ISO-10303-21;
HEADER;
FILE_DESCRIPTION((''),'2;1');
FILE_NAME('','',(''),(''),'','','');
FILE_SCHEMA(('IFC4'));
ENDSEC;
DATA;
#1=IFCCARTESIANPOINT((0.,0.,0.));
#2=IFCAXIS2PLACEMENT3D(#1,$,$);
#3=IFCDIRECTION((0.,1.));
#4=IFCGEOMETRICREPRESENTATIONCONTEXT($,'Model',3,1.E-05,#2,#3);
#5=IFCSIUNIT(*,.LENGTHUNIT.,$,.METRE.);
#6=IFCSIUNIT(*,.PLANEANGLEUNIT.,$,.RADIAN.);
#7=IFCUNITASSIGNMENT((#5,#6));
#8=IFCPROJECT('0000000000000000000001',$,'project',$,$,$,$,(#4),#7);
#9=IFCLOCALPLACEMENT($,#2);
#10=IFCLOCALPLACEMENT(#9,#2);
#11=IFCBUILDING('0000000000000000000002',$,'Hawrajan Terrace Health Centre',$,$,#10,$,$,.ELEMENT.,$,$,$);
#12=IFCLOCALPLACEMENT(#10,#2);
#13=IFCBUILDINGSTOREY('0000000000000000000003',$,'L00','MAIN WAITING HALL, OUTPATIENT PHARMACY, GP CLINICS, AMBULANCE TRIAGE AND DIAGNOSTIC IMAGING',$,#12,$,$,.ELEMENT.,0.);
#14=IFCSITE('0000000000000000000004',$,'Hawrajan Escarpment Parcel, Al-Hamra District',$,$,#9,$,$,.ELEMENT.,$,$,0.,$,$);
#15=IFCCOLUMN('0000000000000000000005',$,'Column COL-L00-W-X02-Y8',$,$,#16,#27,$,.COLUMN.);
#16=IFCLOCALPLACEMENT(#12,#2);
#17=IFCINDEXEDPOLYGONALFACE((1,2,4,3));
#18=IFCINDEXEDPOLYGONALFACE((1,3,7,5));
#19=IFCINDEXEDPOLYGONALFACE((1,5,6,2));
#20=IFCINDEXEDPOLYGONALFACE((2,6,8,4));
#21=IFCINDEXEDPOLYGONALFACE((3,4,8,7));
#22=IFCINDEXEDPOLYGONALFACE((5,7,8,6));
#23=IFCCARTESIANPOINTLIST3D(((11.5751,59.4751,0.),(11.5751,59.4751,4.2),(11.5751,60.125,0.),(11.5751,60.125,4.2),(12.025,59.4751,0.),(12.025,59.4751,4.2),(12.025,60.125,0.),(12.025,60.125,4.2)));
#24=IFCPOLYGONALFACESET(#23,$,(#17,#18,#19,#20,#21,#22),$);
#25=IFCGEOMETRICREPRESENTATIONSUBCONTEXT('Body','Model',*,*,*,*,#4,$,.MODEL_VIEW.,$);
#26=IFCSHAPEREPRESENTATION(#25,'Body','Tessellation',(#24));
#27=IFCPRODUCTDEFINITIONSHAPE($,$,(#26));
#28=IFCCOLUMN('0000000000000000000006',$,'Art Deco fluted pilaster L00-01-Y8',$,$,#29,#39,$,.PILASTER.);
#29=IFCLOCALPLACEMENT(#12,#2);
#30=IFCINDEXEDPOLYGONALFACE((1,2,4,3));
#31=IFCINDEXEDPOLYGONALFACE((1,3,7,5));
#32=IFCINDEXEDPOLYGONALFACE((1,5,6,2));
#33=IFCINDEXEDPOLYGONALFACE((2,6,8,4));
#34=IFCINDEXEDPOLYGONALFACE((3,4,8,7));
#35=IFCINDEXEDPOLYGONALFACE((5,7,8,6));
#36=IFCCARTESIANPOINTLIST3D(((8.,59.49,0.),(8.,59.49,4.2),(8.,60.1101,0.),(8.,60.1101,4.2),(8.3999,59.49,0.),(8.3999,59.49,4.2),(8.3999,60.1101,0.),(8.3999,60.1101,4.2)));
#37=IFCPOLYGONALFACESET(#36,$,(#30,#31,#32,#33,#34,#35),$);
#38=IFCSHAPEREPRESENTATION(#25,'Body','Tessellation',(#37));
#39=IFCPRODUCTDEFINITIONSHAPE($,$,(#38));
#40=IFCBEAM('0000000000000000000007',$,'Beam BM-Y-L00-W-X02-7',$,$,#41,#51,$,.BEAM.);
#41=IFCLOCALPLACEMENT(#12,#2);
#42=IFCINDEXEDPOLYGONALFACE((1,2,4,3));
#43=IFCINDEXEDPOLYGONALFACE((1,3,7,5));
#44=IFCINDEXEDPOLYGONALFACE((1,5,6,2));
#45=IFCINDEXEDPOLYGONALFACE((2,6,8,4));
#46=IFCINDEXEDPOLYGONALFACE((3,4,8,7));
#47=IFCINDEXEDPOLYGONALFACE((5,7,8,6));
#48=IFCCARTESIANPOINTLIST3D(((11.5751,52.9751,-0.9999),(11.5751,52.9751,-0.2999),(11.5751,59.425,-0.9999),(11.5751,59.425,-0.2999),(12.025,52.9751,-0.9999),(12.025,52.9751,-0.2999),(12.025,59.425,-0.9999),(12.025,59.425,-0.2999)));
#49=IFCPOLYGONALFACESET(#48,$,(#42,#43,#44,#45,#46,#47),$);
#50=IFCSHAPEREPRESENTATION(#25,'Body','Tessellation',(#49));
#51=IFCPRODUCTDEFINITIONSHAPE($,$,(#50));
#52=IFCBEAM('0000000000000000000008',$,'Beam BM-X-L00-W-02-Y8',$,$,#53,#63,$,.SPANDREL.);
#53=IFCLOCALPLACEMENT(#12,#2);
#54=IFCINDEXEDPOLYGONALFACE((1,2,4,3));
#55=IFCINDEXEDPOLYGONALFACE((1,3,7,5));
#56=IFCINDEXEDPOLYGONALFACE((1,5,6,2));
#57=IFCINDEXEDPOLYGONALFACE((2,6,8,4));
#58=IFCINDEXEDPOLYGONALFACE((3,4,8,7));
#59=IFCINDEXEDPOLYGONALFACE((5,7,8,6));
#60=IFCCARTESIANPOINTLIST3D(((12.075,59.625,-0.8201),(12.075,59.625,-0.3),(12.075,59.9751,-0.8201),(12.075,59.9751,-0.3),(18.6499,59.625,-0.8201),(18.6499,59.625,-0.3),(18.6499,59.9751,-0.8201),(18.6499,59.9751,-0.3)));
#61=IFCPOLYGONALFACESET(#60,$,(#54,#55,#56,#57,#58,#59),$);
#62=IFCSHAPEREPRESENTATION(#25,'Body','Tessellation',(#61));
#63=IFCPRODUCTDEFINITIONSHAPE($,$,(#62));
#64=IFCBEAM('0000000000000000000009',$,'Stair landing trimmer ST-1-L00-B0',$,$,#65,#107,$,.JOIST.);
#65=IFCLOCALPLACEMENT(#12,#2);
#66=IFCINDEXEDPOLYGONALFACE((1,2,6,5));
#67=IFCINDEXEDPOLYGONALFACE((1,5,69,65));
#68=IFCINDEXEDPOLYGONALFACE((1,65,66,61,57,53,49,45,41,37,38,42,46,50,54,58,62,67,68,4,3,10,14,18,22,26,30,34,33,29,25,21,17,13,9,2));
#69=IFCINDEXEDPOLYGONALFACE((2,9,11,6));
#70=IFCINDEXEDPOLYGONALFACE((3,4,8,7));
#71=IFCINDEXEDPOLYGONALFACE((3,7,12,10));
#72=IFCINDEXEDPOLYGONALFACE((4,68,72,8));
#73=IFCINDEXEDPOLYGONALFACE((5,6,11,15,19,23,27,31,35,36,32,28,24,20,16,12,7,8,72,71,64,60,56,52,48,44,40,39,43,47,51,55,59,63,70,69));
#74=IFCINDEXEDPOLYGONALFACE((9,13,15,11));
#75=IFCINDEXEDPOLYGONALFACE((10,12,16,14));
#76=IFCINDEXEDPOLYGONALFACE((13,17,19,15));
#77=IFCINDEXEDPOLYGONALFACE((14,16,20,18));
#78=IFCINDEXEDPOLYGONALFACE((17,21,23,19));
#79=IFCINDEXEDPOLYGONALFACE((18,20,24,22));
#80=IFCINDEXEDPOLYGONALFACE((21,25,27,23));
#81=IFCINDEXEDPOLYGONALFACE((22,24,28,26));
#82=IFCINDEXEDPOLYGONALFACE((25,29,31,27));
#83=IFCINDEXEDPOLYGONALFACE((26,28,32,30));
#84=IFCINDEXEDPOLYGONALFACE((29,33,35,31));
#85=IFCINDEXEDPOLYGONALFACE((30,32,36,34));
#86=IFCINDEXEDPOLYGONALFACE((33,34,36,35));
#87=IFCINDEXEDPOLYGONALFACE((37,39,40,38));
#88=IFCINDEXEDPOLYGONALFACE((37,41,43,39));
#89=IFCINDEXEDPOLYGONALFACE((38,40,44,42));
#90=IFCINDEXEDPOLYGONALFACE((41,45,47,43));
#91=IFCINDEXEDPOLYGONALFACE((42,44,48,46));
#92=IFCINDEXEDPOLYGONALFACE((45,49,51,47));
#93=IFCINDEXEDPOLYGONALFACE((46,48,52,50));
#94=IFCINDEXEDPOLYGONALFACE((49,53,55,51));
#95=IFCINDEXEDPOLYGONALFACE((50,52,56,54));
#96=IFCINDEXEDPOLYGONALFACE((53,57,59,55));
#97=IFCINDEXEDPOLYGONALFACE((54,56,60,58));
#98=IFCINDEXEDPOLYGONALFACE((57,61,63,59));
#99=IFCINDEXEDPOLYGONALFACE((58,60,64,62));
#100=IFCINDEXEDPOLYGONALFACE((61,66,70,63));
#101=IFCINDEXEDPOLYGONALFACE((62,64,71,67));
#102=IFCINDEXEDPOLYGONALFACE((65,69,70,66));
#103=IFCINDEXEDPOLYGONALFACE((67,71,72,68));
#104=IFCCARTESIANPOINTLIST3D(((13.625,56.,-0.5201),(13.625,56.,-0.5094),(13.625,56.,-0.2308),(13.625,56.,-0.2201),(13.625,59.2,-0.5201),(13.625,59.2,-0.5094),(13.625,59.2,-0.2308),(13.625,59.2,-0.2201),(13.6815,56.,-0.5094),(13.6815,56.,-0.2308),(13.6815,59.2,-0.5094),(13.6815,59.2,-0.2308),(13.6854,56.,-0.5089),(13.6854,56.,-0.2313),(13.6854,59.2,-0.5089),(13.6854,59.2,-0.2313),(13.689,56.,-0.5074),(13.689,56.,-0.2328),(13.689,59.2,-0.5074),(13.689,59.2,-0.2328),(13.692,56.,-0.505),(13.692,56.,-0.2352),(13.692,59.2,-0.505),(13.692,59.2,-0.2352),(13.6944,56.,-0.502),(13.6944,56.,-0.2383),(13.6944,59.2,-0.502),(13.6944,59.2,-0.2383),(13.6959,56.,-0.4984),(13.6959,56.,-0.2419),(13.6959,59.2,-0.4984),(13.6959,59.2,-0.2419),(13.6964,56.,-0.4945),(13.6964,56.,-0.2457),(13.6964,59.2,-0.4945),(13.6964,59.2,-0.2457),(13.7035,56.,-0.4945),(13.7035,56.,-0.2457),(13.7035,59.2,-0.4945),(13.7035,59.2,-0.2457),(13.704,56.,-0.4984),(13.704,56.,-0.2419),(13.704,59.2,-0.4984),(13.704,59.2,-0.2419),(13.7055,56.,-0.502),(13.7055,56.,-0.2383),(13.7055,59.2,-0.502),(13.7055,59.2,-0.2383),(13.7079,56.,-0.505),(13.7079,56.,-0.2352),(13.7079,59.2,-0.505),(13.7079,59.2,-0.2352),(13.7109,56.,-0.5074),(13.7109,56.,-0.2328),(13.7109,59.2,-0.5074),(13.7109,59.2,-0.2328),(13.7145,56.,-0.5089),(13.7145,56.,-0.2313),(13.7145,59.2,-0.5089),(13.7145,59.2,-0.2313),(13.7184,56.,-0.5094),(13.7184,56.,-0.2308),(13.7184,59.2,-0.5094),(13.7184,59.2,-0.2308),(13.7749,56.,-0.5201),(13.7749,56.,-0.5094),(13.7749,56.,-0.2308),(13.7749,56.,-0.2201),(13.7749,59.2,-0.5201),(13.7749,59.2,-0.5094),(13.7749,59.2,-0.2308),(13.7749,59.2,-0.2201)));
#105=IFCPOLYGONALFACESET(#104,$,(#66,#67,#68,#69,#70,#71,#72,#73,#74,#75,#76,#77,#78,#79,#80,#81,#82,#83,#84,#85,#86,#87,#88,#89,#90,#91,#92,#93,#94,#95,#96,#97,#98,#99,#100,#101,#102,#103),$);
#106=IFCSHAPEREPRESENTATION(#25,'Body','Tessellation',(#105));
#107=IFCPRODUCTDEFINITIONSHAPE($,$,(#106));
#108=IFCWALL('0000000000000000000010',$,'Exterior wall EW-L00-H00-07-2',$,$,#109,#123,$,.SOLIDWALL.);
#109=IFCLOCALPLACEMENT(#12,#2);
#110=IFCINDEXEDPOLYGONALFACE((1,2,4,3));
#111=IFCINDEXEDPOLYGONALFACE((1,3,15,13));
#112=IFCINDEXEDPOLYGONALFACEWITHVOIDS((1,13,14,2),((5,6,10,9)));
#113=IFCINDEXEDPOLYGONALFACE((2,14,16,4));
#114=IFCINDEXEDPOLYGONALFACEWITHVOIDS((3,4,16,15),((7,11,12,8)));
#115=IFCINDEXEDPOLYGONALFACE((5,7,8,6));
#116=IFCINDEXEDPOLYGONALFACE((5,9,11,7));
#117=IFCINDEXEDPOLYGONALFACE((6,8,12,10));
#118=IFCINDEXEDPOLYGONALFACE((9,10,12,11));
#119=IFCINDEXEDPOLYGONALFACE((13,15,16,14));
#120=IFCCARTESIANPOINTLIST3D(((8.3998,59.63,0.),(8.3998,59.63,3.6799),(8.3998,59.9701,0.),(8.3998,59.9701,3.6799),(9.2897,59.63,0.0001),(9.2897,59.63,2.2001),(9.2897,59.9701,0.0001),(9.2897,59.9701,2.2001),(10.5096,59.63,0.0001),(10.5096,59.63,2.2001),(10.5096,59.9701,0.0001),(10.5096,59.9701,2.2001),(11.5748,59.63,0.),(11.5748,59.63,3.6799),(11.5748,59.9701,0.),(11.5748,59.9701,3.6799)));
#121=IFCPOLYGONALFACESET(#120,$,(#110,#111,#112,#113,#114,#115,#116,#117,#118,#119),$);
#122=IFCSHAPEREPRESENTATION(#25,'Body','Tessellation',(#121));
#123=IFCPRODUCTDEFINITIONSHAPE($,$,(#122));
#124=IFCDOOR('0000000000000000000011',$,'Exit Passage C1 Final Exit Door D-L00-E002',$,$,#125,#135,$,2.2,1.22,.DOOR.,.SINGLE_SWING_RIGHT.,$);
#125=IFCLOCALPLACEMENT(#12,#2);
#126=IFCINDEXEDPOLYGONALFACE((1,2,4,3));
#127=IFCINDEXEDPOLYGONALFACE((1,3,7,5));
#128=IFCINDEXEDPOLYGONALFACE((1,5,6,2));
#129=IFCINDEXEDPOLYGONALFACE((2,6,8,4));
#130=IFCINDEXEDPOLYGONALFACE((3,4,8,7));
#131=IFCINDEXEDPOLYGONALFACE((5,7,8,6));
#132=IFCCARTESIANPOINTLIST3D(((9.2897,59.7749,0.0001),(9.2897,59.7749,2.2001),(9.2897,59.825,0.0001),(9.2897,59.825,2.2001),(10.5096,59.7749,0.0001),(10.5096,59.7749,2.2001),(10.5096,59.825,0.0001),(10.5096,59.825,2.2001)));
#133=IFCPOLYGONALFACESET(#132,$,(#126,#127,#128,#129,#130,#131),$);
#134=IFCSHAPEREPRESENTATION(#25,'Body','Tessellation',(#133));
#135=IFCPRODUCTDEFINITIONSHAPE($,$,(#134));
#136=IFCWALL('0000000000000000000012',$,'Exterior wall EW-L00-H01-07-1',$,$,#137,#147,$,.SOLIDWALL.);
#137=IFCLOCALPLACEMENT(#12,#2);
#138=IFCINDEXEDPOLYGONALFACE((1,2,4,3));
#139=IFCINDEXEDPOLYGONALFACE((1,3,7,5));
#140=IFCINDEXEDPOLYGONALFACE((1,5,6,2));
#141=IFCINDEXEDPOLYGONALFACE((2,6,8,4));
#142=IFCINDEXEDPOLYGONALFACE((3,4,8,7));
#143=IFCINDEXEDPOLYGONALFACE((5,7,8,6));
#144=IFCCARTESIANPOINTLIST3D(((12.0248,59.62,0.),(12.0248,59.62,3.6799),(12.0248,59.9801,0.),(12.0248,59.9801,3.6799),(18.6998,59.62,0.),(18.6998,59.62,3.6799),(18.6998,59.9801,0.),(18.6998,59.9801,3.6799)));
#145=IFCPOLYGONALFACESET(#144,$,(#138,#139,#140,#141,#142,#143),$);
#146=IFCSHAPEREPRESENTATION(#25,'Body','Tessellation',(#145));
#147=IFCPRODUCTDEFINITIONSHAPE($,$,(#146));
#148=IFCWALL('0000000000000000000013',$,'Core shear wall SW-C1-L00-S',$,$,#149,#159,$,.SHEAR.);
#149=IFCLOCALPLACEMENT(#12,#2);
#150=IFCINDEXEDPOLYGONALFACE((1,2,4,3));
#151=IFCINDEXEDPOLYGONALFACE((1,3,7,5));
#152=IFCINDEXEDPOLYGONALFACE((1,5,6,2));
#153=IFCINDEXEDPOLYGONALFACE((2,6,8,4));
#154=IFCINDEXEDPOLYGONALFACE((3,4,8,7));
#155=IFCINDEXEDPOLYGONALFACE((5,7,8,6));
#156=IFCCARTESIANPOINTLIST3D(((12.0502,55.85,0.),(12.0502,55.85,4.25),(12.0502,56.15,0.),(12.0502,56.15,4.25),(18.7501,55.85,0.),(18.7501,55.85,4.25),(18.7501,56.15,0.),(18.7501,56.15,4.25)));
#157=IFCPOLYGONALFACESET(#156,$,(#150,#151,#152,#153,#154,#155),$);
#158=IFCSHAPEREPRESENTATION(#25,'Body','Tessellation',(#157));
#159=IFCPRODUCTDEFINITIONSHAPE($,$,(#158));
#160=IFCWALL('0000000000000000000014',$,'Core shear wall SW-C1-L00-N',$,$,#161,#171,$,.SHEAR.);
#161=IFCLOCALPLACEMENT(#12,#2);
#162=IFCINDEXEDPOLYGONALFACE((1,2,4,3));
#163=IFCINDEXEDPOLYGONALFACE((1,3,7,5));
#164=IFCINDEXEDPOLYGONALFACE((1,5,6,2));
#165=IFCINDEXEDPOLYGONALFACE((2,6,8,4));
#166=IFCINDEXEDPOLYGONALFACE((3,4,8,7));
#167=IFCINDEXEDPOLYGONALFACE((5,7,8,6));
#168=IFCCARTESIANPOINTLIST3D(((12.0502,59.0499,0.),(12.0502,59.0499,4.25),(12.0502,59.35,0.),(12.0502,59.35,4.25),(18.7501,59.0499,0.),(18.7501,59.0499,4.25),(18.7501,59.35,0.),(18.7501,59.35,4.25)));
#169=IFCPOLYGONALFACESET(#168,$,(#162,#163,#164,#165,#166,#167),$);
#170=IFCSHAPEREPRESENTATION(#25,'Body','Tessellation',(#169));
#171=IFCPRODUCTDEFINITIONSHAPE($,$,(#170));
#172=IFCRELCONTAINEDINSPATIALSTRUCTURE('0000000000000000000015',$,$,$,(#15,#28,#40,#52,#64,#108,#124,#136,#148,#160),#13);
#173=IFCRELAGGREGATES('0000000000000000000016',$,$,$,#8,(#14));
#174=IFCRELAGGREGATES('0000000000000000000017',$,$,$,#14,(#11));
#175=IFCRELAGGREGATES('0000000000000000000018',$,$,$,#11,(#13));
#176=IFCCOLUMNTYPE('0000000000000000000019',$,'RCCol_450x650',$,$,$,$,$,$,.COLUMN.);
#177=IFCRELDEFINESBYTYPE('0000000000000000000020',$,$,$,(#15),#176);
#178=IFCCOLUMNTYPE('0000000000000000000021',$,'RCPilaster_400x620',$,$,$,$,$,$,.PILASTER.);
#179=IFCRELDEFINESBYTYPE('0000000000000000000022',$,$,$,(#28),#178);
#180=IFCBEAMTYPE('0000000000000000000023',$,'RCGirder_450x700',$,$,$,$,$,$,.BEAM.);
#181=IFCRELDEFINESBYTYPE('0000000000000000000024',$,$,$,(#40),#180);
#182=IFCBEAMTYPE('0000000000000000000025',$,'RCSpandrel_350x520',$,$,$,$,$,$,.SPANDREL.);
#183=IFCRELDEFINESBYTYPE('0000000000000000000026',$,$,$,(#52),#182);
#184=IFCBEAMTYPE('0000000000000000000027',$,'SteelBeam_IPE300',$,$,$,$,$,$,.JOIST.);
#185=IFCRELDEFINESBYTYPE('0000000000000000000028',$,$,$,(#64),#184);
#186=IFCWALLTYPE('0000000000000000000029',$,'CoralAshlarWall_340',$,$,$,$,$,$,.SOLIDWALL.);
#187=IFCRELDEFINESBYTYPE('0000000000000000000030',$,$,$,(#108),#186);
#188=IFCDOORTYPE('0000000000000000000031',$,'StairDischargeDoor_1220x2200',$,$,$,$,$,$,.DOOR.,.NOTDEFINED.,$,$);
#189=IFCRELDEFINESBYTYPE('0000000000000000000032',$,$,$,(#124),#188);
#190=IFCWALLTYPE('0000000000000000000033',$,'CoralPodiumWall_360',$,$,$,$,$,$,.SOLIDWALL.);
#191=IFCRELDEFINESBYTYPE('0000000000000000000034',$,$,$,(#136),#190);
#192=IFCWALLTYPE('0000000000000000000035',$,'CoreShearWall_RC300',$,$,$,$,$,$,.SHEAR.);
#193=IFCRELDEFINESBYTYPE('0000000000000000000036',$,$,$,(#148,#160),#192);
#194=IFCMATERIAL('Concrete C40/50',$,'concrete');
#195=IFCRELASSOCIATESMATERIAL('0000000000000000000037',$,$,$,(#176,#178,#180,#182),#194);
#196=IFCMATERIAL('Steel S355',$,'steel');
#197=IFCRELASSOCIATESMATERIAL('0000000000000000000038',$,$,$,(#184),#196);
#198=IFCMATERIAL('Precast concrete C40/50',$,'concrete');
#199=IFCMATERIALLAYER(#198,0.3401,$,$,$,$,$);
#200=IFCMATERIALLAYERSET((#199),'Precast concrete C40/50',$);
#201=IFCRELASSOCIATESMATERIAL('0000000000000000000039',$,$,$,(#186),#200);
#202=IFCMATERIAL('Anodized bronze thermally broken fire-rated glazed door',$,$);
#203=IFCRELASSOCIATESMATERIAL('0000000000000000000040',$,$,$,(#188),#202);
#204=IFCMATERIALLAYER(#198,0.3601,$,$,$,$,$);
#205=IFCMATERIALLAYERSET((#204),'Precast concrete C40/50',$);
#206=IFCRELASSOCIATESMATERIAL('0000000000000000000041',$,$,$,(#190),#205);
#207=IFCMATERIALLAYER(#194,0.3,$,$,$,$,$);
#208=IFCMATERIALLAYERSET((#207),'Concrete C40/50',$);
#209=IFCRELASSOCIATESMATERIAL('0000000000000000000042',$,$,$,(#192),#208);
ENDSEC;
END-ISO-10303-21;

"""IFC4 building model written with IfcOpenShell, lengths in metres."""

from ifc_helpers import new_model, si_unit, direction, frame, frame_2d, origin, origin_2d, place, context, subcontext, project, spatial, rectangle, i_section, extrude, material, layer, layer_set, material_profile, profile_set, type_object, element, fill, save


model = new_model("IFC4")

# Units and contexts
model_context = context("Model", 3, precision=1e-05, world=origin(), true_north=direction((0.0, 1.0)))
body_context = subcontext(model_context, "Body", "Model", "MODEL_VIEW")
ifc_project = project(units=[si_unit("LENGTHUNIT", "METRE"), si_unit("PLANEANGLEUNIT", "RADIAN")], contexts=[model_context])

# Site, building, storey
site_placement = place(None, origin())
site = spatial("IfcSite", under=ifc_project, at=site_placement, Name="Hawrajan Escarpment Parcel, Al-Hamra District", CompositionType="ELEMENT", RefElevation=0.0)
building_placement = place(site_placement, origin())
building = spatial("IfcBuilding", under=site, at=building_placement, Name="Hawrajan Terrace Health Centre", CompositionType="ELEMENT")
storey_placement = place(building_placement, origin())
storey = spatial("IfcBuildingStorey", under=building, at=storey_placement, Name="L00", Description="MAIN WAITING HALL, OUTPATIENT PHARMACY, GP CLINICS, AMBULANCE TRIAGE AND DIAGNOSTIC IMAGING", CompositionType="ELEMENT", Elevation=0.0)

# Columns
ifc_material_1 = material(Name="Concrete C40/50", Category="concrete")
ifc_material_profile_1 = material_profile(ifc_material_1, rectangle(XDim=0.45, YDim=0.6499, at=origin_2d()), Name="RC 450x650")
ifc_profile_set_1 = profile_set([ifc_material_profile_1], Name="Concrete C40/50")
column_type_1 = type_object("IfcColumnType", Name="RCCol_450x650", PredefinedType="COLUMN", material=ifc_profile_set_1)
column_1_placement = place(storey_placement, frame((11.8, 59.8, 0.0), z_axis=(0.0, 0.0, 1.0), x_axis=(1.0, 0.0, 0.0)))
element("IfcColumn", 1, at=column_1_placement, inside=storey, type_object=column_type_1, Name="Column COL-L00-W-X02-Y8", PredefinedType="COLUMN", context=body_context, shape_type="SweptSolid", body=[
    extrude(rectangle(XDim=0.45, YDim=0.6499, at=origin_2d()), origin(), (0.0, 0.0, 1.0), 4.2),
])
ifc_material_profile_2 = material_profile(ifc_material_1, rectangle(XDim=0.3999, YDim=0.6201, at=origin_2d()), Name="RC PIL 400x620")
ifc_profile_set_2 = profile_set([ifc_material_profile_2], Name="Concrete C40/50")
column_type_2 = type_object("IfcColumnType", Name="RCPilaster_400x620", PredefinedType="PILASTER", material=ifc_profile_set_2)
column_2_placement = place(storey_placement, frame((8.2, 59.8, 0.0), z_axis=(0.0, 0.0, 1.0), x_axis=(1.0, 0.0, 0.0)))
element("IfcColumn", 2, at=column_2_placement, inside=storey, type_object=column_type_2, Name="Art Deco fluted pilaster L00-01-Y8", PredefinedType="PILASTER", context=body_context, shape_type="SweptSolid", body=[
    extrude(rectangle(XDim=0.3999, YDim=0.6201, at=origin_2d()), origin(), (0.0, 0.0, 1.0), 4.2),
])

# Beams
ifc_material_profile_3 = material_profile(ifc_material_1, rectangle(XDim=0.45, YDim=0.7, at=origin_2d()), Name="RC BM 450x700")
ifc_profile_set_3 = profile_set([ifc_material_profile_3], Name="Concrete C40/50")
beam_type_1 = type_object("IfcBeamType", Name="RCGirder_450x700", PredefinedType="BEAM", material=ifc_profile_set_3)
beam_1_placement = place(storey_placement, frame((11.8, 52.9751, -0.6499), z_axis=(0.0, 1.0, 0.0), x_axis=(-1.0, 0.0, 0.0)))
element("IfcBeam", 3, at=beam_1_placement, inside=storey, type_object=beam_type_1, Name="Beam BM-Y-L00-W-X02-7", PredefinedType="BEAM", context=body_context, shape_type="SweptSolid", body=[
    extrude(rectangle(XDim=0.45, YDim=0.7, at=origin_2d()), origin(), (0.0, 0.0, 1.0), 6.45),
])
ifc_material_profile_4 = material_profile(ifc_material_1, rectangle(XDim=0.3501, YDim=0.52, at=origin_2d()), Name="RC SP 350x520")
ifc_profile_set_4 = profile_set([ifc_material_profile_4], Name="Concrete C40/50")
beam_type_2 = type_object("IfcBeamType", Name="RCSpandrel_350x520", PredefinedType="SPANDREL", material=ifc_profile_set_4)
beam_2_placement = place(storey_placement, frame((12.075, 59.8, -0.5601), z_axis=(1.0, 0.0, 0.0), x_axis=(0.0, 1.0, 0.0)))
element("IfcBeam", 4, at=beam_2_placement, inside=storey, type_object=beam_type_2, Name="Beam BM-X-L00-W-02-Y8", PredefinedType="SPANDREL", context=body_context, shape_type="SweptSolid", body=[
    extrude(rectangle(XDim=0.3501, YDim=0.52, at=origin_2d()), origin(), (0.0, 0.0, 1.0), 6.575),
])
ifc_material_2 = material(Name="Steel S355", Category="steel")
ifc_material_profile_5 = material_profile(ifc_material_2, i_section(OverallWidth=0.1499, OverallDepth=0.3, WebThickness=0.0071, FlangeThickness=0.0107, FilletRadius=0.0149, at=origin_2d()), Name="IPE 300")
ifc_profile_set_5 = profile_set([ifc_material_profile_5], Name="Steel S355")
beam_type_3 = type_object("IfcBeamType", Name="SteelBeam_IPE300", PredefinedType="JOIST", material=ifc_profile_set_5)
beam_3_placement = place(storey_placement, frame((13.7, 56.0, -0.3701), z_axis=(0.0, 1.0, 0.0), x_axis=(-1.0, 0.0, 0.0)))
element("IfcBeam", 5, at=beam_3_placement, inside=storey, type_object=beam_type_3, Name="Stair landing trimmer ST-1-L00-B0", PredefinedType="JOIST", context=body_context, shape_type="SweptSolid", body=[
    extrude(i_section(OverallWidth=0.1499, OverallDepth=0.3, WebThickness=0.0071, FlangeThickness=0.0107, FilletRadius=0.0149, at=origin_2d()), origin(), (0.0, 0.0, 1.0), 3.2),
])

# Wall, opening, door
ifc_material_3 = material(Name="Precast concrete C40/50", Category="concrete")
ifc_layer_1 = layer(ifc_material_3, 0.3401)
ifc_layer_set_1 = layer_set([ifc_layer_1], Name="Precast concrete C40/50")
wall_type_1 = type_object("IfcWallType", Name="CoralAshlarWall_340", PredefinedType="SOLIDWALL", material=ifc_layer_set_1)
wall_1_placement = place(storey_placement, frame((8.3999, 59.8, 0.0), z_axis=(0.0, 0.0, 1.0), x_axis=(1.0, 0.0, 0.0)))
wall_1 = element("IfcWall", 6, at=wall_1_placement, inside=storey, type_object=wall_type_1, Name="Exterior wall EW-L00-H00-07-2", PredefinedType="SOLIDWALL", context=body_context, shape_type="SweptSolid", body=[
    extrude(rectangle(XDim=3.175, YDim=0.3401, at=frame_2d((1.5874, 0.0))), origin(), (0.0, 0.0, 1.0), 3.6799),
])
opening_1_placement = place(wall_1_placement, frame((0.8899, 0.0, 0.0)))
opening_1 = element("IfcOpeningElement", 7, at=opening_1_placement, cuts=wall_1, PredefinedType="OPENING", context=body_context, shape_type="SweptSolid", body=[
    extrude(rectangle(XDim=1.22, YDim=2.2, at=frame_2d((0.6099, 1.1001))), frame((0.0, 0.1799, 0.0), z_axis=(0.0, -1.0, 0.0), x_axis=(1.0, 0.0, 0.0)), (0.0, 0.0, 1.0), 0.3601),
])
ifc_material_4 = material(Name="Anodized bronze thermally broken fire-rated glazed door")
door_type_1 = type_object("IfcDoorType", Name="StairDischargeDoor_1220x2200", OperationType="NOTDEFINED", PredefinedType="DOOR", material=ifc_material_4)
door_1_placement = place(opening_1_placement, origin())
door_1 = element("IfcDoor", 8, at=door_1_placement, inside=storey, type_object=door_type_1, Name="Exit Passage C1 Final Exit Door D-L00-E002", OperationType="SINGLE_SWING_RIGHT", OverallHeight=2.2, OverallWidth=1.22, PredefinedType="DOOR", context=body_context, shape_type="SweptSolid", body=[
    extrude(rectangle(XDim=1.22, YDim=2.2, at=frame_2d((0.6099, 1.1001))), frame((0.0, 0.0249, 0.0), z_axis=(0.0, -1.0, 0.0), x_axis=(1.0, 0.0, 0.0)), (0.0, 0.0, 1.0), 0.05),
])
fill(opening_1, door_1)

# Walls
ifc_layer_2 = layer(ifc_material_3, 0.3601)
ifc_layer_set_2 = layer_set([ifc_layer_2], Name="Precast concrete C40/50")
wall_type_2 = type_object("IfcWallType", Name="CoralPodiumWall_360", PredefinedType="SOLIDWALL", material=ifc_layer_set_2)
wall_2_placement = place(storey_placement, frame((12.0249, 59.8, 0.0), z_axis=(0.0, 0.0, 1.0), x_axis=(1.0, 0.0, 0.0)))
element("IfcWall", 9, at=wall_2_placement, inside=storey, type_object=wall_type_2, Name="Exterior wall EW-L00-H01-07-1", PredefinedType="SOLIDWALL", context=body_context, shape_type="SweptSolid", body=[
    extrude(rectangle(XDim=6.675, YDim=0.3601, at=frame_2d((3.3374, 0.0))), origin(), (0.0, 0.0, 1.0), 3.6799),
])
ifc_layer_3 = layer(ifc_material_1, 0.3)
ifc_layer_set_3 = layer_set([ifc_layer_3], Name="Concrete C40/50")
wall_type_3 = type_object("IfcWallType", Name="CoreShearWall_RC300", PredefinedType="SHEAR", material=ifc_layer_set_3)
for number, where, z_axis, x_axis, name in (
    (10, (12.05, 56.0, 0.0), (0.0, 0.0, 1.0), (1.0, 0.0, 0.0), "Core shear wall SW-C1-L00-S"),
    (11, (12.05, 59.2, 0.0), (0.0, 0.0, 1.0), (1.0, 0.0, 0.0), "Core shear wall SW-C1-L00-N"),
):
    element("IfcWall", number, at=place(storey_placement, frame(where, z_axis=z_axis, x_axis=x_axis)), inside=storey, type_object=wall_type_3, Name=name, PredefinedType="SHEAR", context=body_context, shape_type="SweptSolid", body=[
        extrude(rectangle(XDim=6.7, YDim=0.3, at=frame_2d((3.3501, 0.0))), origin(), (0.0, 0.0, 1.0), 4.25),
    ])

save(model, "model.ifc")
